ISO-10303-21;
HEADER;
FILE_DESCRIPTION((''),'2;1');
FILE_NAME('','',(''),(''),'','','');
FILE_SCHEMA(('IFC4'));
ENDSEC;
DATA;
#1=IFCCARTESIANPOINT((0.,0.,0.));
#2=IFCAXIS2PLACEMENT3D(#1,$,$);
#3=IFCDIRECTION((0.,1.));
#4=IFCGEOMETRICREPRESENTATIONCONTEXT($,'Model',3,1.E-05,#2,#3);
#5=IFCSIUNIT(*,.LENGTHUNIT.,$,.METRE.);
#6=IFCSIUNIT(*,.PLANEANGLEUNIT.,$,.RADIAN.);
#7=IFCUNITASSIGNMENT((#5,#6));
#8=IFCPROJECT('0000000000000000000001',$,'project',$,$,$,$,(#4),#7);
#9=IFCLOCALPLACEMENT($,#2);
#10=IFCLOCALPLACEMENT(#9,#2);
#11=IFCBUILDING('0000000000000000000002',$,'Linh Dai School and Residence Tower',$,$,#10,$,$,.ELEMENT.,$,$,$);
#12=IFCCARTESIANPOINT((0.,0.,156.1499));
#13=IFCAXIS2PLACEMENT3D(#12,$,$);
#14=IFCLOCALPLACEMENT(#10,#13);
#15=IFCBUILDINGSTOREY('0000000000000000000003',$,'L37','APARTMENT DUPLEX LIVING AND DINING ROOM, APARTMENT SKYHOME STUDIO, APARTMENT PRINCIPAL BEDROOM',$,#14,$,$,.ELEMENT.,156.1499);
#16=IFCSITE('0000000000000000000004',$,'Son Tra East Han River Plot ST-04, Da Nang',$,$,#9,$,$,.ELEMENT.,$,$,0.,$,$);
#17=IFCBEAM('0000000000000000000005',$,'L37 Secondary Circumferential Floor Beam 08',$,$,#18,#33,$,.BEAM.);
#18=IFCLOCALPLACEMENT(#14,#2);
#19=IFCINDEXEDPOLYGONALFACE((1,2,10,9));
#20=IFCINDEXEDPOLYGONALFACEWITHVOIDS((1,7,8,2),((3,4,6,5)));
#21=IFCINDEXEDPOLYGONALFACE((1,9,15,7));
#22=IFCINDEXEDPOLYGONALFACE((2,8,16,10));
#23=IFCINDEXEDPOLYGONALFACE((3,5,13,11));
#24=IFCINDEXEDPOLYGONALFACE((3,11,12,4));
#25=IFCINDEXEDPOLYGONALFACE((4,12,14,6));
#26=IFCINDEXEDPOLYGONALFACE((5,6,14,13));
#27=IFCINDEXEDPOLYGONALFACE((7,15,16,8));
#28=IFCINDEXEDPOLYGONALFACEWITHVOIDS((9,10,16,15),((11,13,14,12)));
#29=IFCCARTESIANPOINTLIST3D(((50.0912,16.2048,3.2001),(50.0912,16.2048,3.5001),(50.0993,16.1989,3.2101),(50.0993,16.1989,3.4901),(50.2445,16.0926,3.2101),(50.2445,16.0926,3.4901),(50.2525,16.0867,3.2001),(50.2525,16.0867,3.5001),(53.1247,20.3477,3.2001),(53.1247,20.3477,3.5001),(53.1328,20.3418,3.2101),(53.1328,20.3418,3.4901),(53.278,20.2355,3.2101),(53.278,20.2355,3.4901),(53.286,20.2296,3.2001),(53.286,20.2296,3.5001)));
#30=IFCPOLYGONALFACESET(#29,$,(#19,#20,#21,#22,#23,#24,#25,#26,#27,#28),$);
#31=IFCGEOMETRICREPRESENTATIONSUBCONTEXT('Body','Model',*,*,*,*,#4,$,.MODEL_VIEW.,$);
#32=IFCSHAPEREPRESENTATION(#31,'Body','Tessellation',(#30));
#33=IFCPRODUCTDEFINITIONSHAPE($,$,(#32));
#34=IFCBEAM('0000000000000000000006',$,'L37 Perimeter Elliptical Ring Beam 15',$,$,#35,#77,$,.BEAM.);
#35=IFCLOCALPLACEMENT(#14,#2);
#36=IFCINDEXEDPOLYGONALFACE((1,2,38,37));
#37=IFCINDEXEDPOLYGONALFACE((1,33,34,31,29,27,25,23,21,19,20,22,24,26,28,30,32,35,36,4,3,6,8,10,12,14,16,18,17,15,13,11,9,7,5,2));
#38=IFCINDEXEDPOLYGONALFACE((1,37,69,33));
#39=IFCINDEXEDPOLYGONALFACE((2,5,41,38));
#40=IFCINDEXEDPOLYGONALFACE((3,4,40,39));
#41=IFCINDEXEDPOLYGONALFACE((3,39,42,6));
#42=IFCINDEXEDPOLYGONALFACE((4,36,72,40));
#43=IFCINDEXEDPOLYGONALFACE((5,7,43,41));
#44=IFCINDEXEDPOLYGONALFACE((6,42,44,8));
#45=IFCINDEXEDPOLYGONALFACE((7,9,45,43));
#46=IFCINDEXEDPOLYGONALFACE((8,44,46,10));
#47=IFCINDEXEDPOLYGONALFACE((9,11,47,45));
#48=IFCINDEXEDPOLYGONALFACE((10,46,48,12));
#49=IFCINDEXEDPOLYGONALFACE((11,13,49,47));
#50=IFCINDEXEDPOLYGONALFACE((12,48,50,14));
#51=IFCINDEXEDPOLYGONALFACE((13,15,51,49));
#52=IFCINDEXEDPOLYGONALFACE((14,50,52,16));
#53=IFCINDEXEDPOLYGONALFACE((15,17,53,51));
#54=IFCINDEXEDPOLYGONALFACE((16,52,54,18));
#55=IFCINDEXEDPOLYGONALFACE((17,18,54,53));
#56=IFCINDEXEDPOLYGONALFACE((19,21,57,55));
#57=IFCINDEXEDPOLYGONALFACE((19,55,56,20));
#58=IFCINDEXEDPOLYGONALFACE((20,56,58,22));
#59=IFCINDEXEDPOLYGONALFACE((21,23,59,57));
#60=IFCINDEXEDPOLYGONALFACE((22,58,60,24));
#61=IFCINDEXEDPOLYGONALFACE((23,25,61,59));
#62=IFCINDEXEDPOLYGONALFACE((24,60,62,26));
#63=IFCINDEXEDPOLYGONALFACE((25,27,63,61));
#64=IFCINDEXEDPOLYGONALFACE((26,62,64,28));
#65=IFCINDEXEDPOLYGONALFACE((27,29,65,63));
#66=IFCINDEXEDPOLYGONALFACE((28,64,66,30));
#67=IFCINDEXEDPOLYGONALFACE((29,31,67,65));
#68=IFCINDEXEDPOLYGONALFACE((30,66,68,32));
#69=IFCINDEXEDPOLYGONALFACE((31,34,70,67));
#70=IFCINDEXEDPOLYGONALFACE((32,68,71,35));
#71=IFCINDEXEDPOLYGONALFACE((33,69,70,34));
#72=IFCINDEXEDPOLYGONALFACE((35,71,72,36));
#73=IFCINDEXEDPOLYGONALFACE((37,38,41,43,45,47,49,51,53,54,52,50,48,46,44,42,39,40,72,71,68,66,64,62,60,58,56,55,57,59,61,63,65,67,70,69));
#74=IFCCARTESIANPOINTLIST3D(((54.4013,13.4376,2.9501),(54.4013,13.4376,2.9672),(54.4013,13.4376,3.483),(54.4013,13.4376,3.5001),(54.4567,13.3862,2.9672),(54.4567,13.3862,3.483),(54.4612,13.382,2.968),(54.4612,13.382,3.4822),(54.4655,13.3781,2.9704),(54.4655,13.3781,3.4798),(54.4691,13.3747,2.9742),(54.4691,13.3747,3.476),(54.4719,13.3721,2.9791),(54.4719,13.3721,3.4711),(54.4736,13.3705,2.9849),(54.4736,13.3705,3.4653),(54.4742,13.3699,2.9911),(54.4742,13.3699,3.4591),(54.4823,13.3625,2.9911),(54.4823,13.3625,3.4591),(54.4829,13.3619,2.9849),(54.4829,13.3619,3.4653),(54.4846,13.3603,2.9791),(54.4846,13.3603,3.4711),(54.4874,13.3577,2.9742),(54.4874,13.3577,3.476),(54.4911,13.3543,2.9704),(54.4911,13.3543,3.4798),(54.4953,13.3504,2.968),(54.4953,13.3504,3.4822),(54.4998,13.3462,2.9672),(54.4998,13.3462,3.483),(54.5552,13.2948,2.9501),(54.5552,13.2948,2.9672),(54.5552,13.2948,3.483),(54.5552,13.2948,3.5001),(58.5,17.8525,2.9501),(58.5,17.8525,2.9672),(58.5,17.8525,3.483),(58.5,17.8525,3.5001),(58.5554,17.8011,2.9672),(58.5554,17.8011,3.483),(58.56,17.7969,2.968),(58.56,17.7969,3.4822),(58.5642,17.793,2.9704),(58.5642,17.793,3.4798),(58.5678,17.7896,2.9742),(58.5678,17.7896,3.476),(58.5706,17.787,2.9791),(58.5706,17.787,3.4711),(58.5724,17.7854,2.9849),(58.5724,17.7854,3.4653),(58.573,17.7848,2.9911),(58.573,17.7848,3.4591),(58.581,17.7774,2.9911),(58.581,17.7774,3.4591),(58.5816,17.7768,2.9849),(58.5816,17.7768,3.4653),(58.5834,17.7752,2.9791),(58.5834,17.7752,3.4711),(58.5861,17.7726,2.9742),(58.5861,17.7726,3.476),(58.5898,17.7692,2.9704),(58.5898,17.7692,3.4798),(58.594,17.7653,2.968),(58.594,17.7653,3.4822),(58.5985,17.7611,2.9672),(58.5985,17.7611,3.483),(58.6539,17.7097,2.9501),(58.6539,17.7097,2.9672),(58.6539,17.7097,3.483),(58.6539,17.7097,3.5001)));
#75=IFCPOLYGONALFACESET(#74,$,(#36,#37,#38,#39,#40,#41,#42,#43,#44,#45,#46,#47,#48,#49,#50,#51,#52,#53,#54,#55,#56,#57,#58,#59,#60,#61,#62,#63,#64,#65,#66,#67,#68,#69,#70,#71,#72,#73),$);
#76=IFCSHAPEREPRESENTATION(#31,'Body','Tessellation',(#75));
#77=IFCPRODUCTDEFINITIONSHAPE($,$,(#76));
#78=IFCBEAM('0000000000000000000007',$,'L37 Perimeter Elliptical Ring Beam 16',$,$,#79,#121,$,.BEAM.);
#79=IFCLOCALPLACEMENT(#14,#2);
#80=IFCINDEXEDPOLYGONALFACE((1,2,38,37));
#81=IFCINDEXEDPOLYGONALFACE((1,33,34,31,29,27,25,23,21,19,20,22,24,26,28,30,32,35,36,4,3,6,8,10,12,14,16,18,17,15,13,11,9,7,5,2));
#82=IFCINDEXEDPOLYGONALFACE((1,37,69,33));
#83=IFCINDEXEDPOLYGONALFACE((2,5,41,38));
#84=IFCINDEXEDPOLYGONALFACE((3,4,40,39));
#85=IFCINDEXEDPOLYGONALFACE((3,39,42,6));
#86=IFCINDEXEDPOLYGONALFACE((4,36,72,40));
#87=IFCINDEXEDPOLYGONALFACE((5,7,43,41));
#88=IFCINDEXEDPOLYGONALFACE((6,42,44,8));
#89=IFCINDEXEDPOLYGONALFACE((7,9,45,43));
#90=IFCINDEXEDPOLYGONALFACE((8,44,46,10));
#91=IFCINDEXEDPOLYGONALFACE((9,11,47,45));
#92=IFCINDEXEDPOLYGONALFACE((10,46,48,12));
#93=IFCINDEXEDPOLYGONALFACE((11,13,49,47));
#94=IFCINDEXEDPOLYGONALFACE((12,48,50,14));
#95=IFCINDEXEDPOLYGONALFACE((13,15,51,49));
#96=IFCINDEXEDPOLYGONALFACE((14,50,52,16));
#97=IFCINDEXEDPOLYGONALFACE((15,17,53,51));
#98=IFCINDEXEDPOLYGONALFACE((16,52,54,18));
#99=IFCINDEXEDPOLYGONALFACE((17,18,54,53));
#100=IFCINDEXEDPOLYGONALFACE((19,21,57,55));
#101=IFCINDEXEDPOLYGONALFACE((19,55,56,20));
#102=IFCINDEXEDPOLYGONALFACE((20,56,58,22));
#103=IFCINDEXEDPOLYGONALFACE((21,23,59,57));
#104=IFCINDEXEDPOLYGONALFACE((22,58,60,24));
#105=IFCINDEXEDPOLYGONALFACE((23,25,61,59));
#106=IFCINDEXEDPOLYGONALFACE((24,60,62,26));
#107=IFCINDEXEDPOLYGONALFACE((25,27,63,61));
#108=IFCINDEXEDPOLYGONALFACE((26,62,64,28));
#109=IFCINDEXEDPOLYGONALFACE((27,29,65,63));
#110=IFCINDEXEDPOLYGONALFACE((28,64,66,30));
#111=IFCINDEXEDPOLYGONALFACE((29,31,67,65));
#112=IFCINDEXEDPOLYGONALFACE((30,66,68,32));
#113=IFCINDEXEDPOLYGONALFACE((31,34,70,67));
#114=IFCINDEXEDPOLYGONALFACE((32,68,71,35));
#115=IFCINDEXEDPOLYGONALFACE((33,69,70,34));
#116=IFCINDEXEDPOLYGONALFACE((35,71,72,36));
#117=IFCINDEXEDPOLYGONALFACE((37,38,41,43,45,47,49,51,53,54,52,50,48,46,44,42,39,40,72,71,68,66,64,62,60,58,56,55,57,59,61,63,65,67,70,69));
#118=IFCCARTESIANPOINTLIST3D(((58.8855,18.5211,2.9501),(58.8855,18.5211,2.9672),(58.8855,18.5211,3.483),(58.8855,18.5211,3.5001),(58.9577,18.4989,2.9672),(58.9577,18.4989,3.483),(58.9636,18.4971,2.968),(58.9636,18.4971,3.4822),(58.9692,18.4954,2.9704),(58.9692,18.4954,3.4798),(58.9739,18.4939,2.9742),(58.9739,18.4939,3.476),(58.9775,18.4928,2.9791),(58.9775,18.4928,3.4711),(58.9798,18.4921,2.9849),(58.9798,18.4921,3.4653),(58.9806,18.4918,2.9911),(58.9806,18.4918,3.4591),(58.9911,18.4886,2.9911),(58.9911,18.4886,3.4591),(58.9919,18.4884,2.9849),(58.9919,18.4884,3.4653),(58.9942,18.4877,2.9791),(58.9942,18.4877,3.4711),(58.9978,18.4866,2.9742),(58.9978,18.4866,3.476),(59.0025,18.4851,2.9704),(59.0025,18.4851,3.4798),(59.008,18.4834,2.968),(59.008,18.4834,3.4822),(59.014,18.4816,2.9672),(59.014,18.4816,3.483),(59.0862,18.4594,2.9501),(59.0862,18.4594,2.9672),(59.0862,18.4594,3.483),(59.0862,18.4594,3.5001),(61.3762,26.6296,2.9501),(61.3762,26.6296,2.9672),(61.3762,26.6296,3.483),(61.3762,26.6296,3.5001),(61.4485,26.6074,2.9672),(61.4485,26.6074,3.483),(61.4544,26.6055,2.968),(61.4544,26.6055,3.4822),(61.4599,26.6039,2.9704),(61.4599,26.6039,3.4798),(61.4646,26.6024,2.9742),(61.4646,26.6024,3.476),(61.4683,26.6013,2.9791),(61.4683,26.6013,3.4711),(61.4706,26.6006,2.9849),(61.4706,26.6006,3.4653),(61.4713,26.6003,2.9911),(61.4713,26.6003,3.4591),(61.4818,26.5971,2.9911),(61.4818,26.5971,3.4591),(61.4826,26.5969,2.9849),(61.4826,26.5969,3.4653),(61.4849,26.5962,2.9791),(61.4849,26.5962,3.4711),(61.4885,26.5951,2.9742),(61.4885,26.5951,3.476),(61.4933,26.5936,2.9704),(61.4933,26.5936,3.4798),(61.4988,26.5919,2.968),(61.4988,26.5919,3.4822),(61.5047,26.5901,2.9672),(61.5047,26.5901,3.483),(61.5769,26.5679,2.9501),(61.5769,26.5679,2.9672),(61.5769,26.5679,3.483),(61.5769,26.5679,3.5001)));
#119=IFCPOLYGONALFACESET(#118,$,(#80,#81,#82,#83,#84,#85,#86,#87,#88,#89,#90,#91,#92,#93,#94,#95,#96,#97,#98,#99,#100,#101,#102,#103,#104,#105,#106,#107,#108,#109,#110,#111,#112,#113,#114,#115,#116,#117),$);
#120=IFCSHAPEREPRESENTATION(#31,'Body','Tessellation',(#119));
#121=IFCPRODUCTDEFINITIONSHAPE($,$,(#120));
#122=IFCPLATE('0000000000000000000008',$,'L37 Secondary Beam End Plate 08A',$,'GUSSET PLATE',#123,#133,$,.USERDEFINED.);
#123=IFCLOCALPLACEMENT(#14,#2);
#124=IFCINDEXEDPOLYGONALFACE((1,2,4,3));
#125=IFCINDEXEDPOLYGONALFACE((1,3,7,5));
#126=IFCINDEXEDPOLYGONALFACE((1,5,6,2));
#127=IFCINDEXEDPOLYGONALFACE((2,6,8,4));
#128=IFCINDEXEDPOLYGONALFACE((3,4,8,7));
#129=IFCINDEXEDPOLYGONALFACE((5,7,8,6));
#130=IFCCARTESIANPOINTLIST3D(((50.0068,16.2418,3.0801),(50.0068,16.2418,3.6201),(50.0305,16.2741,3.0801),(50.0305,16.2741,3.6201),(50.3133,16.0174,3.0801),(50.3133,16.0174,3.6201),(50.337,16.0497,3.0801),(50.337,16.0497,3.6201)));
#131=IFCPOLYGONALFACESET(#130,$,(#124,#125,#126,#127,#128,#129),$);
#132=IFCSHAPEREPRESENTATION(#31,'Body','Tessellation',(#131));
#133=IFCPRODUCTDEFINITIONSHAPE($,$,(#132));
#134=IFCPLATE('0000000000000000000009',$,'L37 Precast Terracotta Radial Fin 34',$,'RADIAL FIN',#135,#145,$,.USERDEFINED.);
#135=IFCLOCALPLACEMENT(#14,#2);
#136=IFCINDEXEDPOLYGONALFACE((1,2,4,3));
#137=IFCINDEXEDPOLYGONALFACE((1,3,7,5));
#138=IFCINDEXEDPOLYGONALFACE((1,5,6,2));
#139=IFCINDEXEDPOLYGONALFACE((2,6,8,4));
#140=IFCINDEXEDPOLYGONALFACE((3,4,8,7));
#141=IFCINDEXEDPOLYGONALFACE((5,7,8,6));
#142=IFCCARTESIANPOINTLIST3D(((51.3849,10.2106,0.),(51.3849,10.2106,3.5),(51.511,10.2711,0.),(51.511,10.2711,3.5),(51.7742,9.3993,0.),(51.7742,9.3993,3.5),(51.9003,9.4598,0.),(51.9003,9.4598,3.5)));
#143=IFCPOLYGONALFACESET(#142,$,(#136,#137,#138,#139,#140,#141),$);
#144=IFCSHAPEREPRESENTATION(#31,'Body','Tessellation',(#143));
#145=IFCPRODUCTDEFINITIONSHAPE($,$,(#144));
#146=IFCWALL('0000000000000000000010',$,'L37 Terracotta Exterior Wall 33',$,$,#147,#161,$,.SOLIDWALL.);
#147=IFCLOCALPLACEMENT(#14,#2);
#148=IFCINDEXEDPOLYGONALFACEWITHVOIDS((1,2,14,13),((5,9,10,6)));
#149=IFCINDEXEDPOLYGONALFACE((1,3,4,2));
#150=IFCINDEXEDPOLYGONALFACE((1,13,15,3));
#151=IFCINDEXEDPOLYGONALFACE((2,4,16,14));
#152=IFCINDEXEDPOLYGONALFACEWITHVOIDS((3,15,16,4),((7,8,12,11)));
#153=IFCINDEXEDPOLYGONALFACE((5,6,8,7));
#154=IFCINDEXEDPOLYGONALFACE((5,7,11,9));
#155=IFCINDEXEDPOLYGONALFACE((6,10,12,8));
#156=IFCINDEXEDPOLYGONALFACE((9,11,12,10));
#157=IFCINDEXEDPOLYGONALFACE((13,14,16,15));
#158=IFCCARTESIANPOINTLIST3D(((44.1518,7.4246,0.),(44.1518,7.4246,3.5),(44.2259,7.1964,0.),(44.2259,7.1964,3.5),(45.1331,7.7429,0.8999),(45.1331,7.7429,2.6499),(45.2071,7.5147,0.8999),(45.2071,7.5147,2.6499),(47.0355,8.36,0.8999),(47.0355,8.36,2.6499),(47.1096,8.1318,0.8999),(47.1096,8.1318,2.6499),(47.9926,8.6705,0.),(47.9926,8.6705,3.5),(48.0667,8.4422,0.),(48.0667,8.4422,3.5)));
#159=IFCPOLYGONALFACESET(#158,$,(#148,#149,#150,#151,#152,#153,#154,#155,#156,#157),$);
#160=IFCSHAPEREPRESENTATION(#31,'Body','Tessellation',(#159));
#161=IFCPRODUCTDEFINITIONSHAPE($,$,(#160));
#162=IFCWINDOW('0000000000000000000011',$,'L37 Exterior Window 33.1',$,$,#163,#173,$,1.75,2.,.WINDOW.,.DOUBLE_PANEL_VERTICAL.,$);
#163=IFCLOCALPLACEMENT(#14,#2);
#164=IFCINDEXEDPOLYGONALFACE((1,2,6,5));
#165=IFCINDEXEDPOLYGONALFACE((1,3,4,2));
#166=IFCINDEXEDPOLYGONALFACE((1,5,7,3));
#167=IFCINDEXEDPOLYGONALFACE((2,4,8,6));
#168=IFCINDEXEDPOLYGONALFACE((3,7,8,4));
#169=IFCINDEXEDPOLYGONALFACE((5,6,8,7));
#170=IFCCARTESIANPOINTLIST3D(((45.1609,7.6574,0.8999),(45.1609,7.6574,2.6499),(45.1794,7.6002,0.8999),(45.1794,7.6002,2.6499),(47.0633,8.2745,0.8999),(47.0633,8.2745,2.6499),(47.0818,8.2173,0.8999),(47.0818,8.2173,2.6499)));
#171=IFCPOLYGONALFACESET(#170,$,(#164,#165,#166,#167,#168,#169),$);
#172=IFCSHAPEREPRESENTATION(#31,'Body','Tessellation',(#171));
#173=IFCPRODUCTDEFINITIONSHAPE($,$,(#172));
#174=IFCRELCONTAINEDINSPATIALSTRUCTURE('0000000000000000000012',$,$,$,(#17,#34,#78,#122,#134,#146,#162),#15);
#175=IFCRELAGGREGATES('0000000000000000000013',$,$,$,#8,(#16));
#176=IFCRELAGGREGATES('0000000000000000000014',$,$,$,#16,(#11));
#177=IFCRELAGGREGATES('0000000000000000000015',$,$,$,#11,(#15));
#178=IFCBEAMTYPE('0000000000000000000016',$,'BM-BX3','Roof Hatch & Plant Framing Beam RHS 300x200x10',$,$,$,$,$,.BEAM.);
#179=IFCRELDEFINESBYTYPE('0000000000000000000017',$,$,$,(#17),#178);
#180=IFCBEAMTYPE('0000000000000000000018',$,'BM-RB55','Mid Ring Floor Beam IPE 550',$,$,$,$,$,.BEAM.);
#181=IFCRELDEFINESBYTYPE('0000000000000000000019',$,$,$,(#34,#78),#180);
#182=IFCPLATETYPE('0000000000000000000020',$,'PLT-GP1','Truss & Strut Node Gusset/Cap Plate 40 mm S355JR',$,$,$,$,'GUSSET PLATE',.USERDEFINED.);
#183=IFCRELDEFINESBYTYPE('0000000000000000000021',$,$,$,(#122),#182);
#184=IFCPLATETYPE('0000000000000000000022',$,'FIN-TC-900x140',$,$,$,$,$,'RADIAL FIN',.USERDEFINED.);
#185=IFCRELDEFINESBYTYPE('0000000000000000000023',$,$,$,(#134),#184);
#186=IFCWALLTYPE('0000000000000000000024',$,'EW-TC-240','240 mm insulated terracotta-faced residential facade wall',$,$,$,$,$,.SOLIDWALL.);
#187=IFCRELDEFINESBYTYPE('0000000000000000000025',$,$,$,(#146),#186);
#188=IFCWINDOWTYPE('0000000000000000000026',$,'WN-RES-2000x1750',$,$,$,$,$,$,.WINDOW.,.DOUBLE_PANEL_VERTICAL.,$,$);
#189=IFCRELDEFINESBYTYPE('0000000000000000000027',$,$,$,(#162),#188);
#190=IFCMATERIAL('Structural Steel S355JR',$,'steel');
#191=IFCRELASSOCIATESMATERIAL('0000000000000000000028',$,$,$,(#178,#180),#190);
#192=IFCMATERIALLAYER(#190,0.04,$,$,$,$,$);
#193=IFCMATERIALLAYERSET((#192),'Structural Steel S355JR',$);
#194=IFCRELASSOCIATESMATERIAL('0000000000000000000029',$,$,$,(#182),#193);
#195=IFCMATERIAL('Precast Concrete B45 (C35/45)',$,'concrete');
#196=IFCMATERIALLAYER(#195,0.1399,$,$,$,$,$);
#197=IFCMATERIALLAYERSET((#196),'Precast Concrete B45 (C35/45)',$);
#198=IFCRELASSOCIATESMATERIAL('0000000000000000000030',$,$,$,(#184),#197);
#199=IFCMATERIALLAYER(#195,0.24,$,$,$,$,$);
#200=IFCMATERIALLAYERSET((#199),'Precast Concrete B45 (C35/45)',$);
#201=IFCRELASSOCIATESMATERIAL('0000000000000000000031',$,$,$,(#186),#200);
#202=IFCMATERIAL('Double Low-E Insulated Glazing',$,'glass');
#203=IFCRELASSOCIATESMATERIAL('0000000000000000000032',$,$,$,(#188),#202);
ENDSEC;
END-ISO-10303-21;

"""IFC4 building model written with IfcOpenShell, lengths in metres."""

from ifc_helpers import new_model, si_unit, direction, frame, frame_2d, origin, origin_2d, place, context, subcontext, project, spatial, rectangle, hollow_rectangle, i_section, extrude, source, transform, mapped, material, layer, layer_set, material_profile, profile_set, type_object, element, fill, save


model = new_model("IFC4")

# Units and contexts
model_context = context("Model", 3, precision=1e-05, world=origin(), true_north=direction((0.0, 1.0)))
body_context = subcontext(model_context, "Body", "Model", "MODEL_VIEW")
ifc_project = project(units=[si_unit("LENGTHUNIT", "METRE"), si_unit("PLANEANGLEUNIT", "RADIAN")], contexts=[model_context])

# Site, building, storey
site_placement = place(None, origin())
site = spatial("IfcSite", under=ifc_project, at=site_placement, Name="Son Tra East Han River Plot ST-04, Da Nang", CompositionType="ELEMENT", RefElevation=0.0)
building_placement = place(site_placement, origin())
building = spatial("IfcBuilding", under=site, at=building_placement, Name="Linh Dai School and Residence Tower", CompositionType="ELEMENT")
storey_placement = place(building_placement, frame((0.0, 0.0, 156.1499)))
storey = spatial("IfcBuildingStorey", under=building, at=storey_placement, Name="L37", Description="APARTMENT DUPLEX LIVING AND DINING ROOM, APARTMENT SKYHOME STUDIO, APARTMENT PRINCIPAL BEDROOM", CompositionType="ELEMENT", Elevation=156.1499)

# Shared definitions
ifc_material_1 = material(Name="Structural Steel S355JR", Category="steel")

# Beams
ifc_material_profile_1 = material_profile(ifc_material_1, hollow_rectangle(XDim=0.2, YDim=0.3, WallThickness=0.01, at=origin_2d()), Name="RHS 300x200x10")
ifc_profile_set_1 = profile_set([ifc_material_profile_1], Name="Structural Steel S355JR")
beam_type_1 = type_object("IfcBeamType", Name="BM-BX3", Description="Roof Hatch & Plant Framing Beam RHS 300x200x10", PredefinedType="BEAM", material=ifc_profile_set_1)
beam_1_placement = place(storey_placement, frame((50.1719, 16.1458, 3.3501), z_axis=(0.590778, 0.806834, 0.0), x_axis=(-0.806834, 0.590778, 0.0)))
element("IfcBeam", 1, at=beam_1_placement, inside=storey, type_object=beam_type_1, Name="L37 Secondary Circumferential Floor Beam 08", PredefinedType="BEAM", context=body_context, shape_type="SweptSolid", body=[
    extrude(hollow_rectangle(XDim=0.2, YDim=0.3, WallThickness=0.01, at=origin_2d()), origin(), (0.0, 0.0, 1.0), 5.1348),
])
ifc_material_profile_2 = material_profile(ifc_material_1, i_section(OverallWidth=0.21, OverallDepth=0.55, WebThickness=0.011, FlangeThickness=0.0171, FilletRadius=0.0239, at=origin_2d()), Name="IPE 550")
ifc_profile_set_2 = profile_set([ifc_material_profile_2], Name="Structural Steel S355JR")
beam_type_2 = type_object("IfcBeamType", Name="BM-RB55", Description="Mid Ring Floor Beam IPE 550", PredefinedType="BEAM", material=ifc_profile_set_2)
beam_2_placement = place(storey_placement, frame((54.4783, 13.3662, 3.2251), z_axis=(0.680378, 0.732861, 0.0), x_axis=(-0.732861, 0.680378, 0.0)))
element("IfcBeam", 2, at=beam_2_placement, inside=storey, type_object=beam_type_2, Name="L37 Perimeter Elliptical Ring Beam 15", PredefinedType="BEAM", context=body_context, shape_type="SweptSolid", body=[
    extrude(i_section(OverallWidth=0.21, OverallDepth=0.55, WebThickness=0.011, FlangeThickness=0.0171, FilletRadius=0.0239, at=origin_2d()), origin(), (0.0, 0.0, 1.0), 6.0242),
])
beam_3_placement = place(storey_placement, frame((58.9858, 18.4902, 3.2251), z_axis=(0.293637, 0.955917, 0.0), x_axis=(-0.955917, 0.293637, 0.0)))
element("IfcBeam", 3, at=beam_3_placement, inside=storey, type_object=beam_type_2, Name="L37 Perimeter Elliptical Ring Beam 16", PredefinedType="BEAM", context=body_context, shape_type="SweptSolid", body=[
    extrude(i_section(OverallWidth=0.21, OverallDepth=0.55, WebThickness=0.011, FlangeThickness=0.0171, FilletRadius=0.0239, at=origin_2d()), origin(), (0.0, 0.0, 1.0), 8.4824),
])

# Plates
ifc_layer_1 = layer(ifc_material_1, 0.04)
ifc_layer_set_1 = layer_set([ifc_layer_1], Name="Structural Steel S355JR")
plate_type_1 = type_object("IfcPlateType", Name="PLT-GP1", Description="Truss & Strut Node Gusset/Cap Plate 40 mm S355JR", ElementType="GUSSET PLATE", PredefinedType="USERDEFINED", material=ifc_layer_set_1)
shared_shape_1 = source(origin(), body_context, "Body", "SweptSolid", [
    extrude(rectangle(XDim=0.04, YDim=0.3799, at=origin_2d()), origin(), (0.0, 0.0, 1.0), 0.54),
])
plate_1_placement = place(storey_placement, frame((50.1719, 16.1458, 3.0801), z_axis=(0.0, 0.0, 1.0), x_axis=(0.590797, 0.80682, 0.0)))
element("IfcPlate", 4, at=plate_1_placement, inside=storey, type_object=plate_type_1, Name="L37 Secondary Beam End Plate 08A", ObjectType="GUSSET PLATE", PredefinedType="USERDEFINED", context=body_context, shape_type="MappedRepresentation", body=[
    mapped(shared_shape_1, transform((0.0, 0.0, 0.0), x_axis=(1.0, 0.0, 0.0), y_axis=(0.0, 1.0, 0.0), z_axis=(0.0, 0.0, 1.0), scale=1.0)),
])
ifc_material_2 = material(Name="Precast Concrete B45 (C35/45)", Category="concrete")
ifc_layer_2 = layer(ifc_material_2, 0.1399)
ifc_layer_set_2 = layer_set([ifc_layer_2], Name="Precast Concrete B45 (C35/45)")
plate_type_2 = type_object("IfcPlateType", Name="FIN-TC-900x140", ElementType="RADIAL FIN", PredefinedType="USERDEFINED", material=ifc_layer_set_2)
shared_shape_2 = source(origin(), body_context, "Body", "SweptSolid", [
    extrude(rectangle(XDim=0.8999, YDim=0.1399, at=origin_2d()), origin(), (0.0, 0.0, 1.0), 3.5),
])
plate_2_placement = place(storey_placement, frame((51.6426, 9.8352, 0.0), z_axis=(0.0, 0.0, 1.0), x_axis=(0.432635, -0.901569, 0.0)))
element("IfcPlate", 5, at=plate_2_placement, inside=storey, type_object=plate_type_2, Name="L37 Precast Terracotta Radial Fin 34", ObjectType="RADIAL FIN", PredefinedType="USERDEFINED", context=body_context, shape_type="MappedRepresentation", body=[
    mapped(shared_shape_2, transform((0.0, 0.0, 0.0), x_axis=(1.0, 0.0, 0.0), y_axis=(0.0, 1.0, 0.0), z_axis=(0.0, 0.0, 1.0), scale=1.0)),
])

# Wall, opening, window
ifc_layer_3 = layer(ifc_material_2, 0.24)
ifc_layer_set_3 = layer_set([ifc_layer_3], Name="Precast Concrete B45 (C35/45)")
wall_type_1 = type_object("IfcWallType", Name="EW-TC-240", Description="240 mm insulated terracotta-faced residential facade wall", PredefinedType="SOLIDWALL", material=ifc_layer_set_3)
wall_1_placement = place(storey_placement, frame((48.0298, 8.5564, 0.0), z_axis=(0.0, 0.0, 1.0), x_axis=(-0.95121, -0.308545, 0.0)))
wall_1 = element("IfcWall", 6, at=wall_1_placement, inside=storey, type_object=wall_type_1, Name="L37 Terracotta Exterior Wall 33", PredefinedType="SOLIDWALL", context=body_context, shape_type="SweptSolid", body=[
    extrude(rectangle(XDim=4.0378, YDim=0.24, at=frame_2d((2.019, 0.0))), origin(), (0.0, 0.0, 1.0), 3.5),
])
opening_1_placement = place(wall_1_placement, frame((1.0063, 0.0, 0.8999)))
opening_1 = element("IfcOpeningElement", 7, at=opening_1_placement, cuts=wall_1, PredefinedType="OPENING", context=body_context, shape_type="SweptSolid", body=[
    extrude(rectangle(XDim=2.0, YDim=1.75, at=origin_2d()), frame((1.0, 0.1299, 0.875), z_axis=(0.0, -1.0, 0.0), x_axis=(1.0, 0.0, 0.0)), (0.0, 0.0, 1.0), 0.26),
])
ifc_material_3 = material(Name="Double Low-E Insulated Glazing", Category="glass")
window_type_1 = type_object("IfcWindowType", Name="WN-RES-2000x1750", PartitioningType="DOUBLE_PANEL_VERTICAL", PredefinedType="WINDOW", material=ifc_material_3)
shared_shape_3 = source(origin(), body_context, "Body", "SweptSolid", [
    extrude(rectangle(XDim=2.0, YDim=1.75, at=origin_2d()), frame((1.0, 0.03, 0.875), z_axis=(0.0, -1.0, 0.0), x_axis=(1.0, 0.0, 0.0)), (0.0, 0.0, 1.0), 0.0601),
])
window_1_placement = place(opening_1_placement, origin())
window_1 = element("IfcWindow", 8, at=window_1_placement, inside=storey, type_object=window_type_1, Name="L37 Exterior Window 33.1", OverallHeight=1.75, OverallWidth=2.0, PartitioningType="DOUBLE_PANEL_VERTICAL", PredefinedType="WINDOW", context=body_context, shape_type="MappedRepresentation", body=[
    mapped(shared_shape_3, transform((0.0, 0.0, 0.0), x_axis=(1.0, 0.0, 0.0), y_axis=(0.0, 1.0, 0.0), z_axis=(0.0, 0.0, 1.0), scale=1.0)),
])
fill(opening_1, window_1)

save(model, "model.ifc")
